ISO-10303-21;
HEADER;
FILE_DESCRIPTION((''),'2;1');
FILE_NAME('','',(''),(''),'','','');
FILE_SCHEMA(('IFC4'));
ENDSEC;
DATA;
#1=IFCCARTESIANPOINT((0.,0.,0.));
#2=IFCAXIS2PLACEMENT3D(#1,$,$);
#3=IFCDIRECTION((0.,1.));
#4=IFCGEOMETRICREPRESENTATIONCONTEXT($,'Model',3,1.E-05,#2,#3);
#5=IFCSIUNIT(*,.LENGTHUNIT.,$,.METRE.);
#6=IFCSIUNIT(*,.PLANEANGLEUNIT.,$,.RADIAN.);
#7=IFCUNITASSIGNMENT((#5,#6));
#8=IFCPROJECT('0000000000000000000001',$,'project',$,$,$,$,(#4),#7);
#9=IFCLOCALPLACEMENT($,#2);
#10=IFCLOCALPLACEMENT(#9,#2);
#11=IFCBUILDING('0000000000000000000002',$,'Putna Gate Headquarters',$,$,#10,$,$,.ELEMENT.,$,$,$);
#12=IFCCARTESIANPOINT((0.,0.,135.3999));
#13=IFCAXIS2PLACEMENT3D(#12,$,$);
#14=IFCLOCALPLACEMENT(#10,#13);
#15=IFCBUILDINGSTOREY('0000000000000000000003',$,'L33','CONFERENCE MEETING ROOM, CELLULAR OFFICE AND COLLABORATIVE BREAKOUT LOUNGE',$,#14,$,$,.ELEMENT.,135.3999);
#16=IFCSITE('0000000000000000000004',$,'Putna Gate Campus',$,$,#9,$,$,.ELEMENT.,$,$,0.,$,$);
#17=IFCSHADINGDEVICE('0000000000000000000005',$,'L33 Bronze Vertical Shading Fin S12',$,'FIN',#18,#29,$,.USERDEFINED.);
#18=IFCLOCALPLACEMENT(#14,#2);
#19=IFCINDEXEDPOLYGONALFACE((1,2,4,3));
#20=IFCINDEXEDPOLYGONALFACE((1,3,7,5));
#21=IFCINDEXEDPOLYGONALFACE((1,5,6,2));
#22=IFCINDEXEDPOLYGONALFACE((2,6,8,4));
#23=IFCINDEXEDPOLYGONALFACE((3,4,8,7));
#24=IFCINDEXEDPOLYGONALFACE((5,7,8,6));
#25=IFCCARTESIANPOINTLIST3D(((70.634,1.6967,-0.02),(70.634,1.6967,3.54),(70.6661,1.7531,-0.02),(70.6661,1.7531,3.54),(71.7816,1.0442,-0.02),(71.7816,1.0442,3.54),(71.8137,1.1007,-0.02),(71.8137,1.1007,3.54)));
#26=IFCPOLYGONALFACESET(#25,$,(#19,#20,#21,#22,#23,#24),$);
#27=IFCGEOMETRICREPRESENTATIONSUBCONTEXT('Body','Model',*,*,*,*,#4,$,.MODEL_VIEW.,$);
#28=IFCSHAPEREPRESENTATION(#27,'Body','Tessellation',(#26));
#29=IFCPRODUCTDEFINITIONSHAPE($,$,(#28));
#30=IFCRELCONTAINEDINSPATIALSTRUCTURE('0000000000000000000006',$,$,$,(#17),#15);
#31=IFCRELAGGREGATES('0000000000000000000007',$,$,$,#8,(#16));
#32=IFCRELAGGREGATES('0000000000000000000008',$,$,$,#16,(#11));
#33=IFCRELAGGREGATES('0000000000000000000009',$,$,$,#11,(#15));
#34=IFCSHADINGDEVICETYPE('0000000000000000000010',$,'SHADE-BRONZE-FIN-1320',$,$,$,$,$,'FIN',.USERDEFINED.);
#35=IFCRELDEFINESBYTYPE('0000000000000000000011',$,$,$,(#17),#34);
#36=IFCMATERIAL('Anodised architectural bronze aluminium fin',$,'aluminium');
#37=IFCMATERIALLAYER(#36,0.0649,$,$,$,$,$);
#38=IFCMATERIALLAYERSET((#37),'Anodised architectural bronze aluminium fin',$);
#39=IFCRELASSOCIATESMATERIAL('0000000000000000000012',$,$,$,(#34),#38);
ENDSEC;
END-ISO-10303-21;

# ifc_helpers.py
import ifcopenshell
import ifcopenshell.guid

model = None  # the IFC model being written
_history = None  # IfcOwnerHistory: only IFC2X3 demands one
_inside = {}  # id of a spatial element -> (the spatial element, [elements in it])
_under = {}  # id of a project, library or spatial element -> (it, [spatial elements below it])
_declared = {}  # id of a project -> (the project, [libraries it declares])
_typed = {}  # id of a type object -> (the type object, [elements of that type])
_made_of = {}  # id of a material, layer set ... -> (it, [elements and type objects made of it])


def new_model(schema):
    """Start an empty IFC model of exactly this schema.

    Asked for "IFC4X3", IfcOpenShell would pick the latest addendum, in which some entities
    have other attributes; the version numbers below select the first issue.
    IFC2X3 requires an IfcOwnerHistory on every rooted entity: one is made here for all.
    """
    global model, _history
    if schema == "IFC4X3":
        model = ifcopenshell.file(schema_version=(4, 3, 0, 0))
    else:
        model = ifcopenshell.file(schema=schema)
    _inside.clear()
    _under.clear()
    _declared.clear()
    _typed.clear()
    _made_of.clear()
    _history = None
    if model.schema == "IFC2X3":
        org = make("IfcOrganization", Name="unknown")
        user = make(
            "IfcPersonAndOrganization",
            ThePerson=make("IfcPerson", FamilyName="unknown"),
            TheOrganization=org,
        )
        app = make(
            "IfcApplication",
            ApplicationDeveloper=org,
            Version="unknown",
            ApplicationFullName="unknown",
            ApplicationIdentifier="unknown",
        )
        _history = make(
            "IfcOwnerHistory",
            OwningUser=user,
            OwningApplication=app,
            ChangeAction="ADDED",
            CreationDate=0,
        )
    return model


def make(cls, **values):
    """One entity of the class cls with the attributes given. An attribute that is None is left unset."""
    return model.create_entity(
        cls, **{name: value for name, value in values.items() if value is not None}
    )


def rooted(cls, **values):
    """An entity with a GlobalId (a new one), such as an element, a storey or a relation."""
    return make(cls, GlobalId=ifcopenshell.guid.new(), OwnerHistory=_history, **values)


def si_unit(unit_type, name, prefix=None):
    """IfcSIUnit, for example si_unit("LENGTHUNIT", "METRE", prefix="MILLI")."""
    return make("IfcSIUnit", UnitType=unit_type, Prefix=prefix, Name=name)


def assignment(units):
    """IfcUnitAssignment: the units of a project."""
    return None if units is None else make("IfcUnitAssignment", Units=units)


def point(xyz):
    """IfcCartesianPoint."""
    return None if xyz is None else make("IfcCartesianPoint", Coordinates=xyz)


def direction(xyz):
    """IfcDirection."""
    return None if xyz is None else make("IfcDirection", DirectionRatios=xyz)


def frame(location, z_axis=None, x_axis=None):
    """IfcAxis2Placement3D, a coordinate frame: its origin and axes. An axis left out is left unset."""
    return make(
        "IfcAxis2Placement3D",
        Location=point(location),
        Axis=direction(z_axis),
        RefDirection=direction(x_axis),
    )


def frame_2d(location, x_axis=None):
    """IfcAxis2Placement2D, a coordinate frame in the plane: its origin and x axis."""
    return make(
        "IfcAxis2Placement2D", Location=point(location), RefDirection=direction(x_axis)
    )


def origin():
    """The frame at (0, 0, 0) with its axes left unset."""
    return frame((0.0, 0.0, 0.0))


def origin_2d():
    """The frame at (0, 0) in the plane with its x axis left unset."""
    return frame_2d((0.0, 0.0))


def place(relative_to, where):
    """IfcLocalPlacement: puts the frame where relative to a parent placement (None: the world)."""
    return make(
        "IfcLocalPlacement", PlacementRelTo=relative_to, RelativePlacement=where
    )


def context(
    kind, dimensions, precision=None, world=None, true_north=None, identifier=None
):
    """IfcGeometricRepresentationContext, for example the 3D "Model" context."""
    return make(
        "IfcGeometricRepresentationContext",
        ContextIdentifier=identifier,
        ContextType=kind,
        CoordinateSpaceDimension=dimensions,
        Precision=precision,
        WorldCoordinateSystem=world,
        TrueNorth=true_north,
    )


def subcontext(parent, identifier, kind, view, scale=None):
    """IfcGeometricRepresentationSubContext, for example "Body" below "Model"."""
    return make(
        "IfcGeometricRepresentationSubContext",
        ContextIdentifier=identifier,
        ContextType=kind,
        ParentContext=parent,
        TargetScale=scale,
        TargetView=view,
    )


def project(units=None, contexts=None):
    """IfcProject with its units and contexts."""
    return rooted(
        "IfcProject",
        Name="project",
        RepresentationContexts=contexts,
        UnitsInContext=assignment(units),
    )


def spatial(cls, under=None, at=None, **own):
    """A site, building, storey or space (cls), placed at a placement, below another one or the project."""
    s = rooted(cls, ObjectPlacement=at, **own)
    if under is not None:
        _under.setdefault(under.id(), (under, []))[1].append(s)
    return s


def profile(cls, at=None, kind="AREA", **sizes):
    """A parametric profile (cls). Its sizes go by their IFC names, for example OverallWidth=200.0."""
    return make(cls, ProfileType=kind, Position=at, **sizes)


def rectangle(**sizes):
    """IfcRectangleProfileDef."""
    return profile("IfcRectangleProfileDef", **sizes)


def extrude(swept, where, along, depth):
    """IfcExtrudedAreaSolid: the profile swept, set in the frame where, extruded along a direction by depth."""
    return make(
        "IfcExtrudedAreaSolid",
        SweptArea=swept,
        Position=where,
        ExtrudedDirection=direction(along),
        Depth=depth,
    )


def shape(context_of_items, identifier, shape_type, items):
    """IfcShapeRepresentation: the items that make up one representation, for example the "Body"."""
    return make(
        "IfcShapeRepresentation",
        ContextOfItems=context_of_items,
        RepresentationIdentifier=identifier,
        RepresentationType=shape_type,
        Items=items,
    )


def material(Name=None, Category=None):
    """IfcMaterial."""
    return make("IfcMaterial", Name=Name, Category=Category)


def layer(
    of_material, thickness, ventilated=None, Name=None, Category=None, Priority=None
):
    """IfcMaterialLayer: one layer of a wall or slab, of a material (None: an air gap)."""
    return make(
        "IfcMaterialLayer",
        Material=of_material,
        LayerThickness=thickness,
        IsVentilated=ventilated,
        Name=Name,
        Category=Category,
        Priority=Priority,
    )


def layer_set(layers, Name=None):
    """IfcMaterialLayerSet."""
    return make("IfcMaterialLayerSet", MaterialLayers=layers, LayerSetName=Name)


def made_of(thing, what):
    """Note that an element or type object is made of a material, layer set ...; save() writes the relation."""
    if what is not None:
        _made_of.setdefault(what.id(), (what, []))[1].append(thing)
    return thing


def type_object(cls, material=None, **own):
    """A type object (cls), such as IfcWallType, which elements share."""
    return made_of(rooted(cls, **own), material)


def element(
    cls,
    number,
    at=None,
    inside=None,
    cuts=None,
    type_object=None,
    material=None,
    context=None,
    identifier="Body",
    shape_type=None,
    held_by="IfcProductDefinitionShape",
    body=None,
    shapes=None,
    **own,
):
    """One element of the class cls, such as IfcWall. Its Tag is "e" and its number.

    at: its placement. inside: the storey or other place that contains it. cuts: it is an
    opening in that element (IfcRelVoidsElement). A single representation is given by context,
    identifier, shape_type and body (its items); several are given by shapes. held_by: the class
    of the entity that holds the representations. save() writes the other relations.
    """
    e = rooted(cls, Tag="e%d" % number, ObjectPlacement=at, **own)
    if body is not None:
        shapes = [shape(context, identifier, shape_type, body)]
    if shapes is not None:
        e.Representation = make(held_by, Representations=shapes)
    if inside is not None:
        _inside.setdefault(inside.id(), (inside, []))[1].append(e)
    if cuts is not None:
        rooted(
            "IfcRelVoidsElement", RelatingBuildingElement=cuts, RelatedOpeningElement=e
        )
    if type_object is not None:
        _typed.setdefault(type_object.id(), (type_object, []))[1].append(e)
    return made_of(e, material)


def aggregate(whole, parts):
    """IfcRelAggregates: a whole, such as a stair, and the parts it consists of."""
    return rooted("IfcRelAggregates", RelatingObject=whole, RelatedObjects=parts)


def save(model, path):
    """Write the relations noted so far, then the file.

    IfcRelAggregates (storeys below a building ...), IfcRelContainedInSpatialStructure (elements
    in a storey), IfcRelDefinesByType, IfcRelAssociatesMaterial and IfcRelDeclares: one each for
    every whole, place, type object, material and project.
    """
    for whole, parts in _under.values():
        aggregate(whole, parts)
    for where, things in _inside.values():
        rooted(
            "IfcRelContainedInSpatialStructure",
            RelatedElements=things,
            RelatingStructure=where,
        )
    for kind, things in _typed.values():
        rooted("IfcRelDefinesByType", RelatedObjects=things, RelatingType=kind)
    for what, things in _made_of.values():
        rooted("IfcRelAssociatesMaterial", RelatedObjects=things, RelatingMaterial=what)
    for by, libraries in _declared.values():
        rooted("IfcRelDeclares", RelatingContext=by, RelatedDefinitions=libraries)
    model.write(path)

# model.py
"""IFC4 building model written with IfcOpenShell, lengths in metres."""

from ifc_helpers import new_model, si_unit, direction, frame, origin, origin_2d, place, context, subcontext, project, spatial, rectangle, extrude, material, layer, layer_set, type_object, element, save


model = new_model("IFC4")

# Units and contexts
model_context = context("Model", 3, precision=1e-05, world=origin(), true_north=direction((0.0, 1.0)))
body_context = subcontext(model_context, "Body", "Model", "MODEL_VIEW")
ifc_project = project(units=[si_unit("LENGTHUNIT", "METRE"), si_unit("PLANEANGLEUNIT", "RADIAN")], contexts=[model_context])

# Site, building, storey
site_placement = place(None, origin())
site = spatial("IfcSite", under=ifc_project, at=site_placement, Name="Putna Gate Campus", CompositionType="ELEMENT", RefElevation=0.0)
building_placement = place(site_placement, origin())
building = spatial("IfcBuilding", under=site, at=building_placement, Name="Putna Gate Headquarters", CompositionType="ELEMENT")
storey_placement = place(building_placement, frame((0.0, 0.0, 135.3999)))
storey = spatial("IfcBuildingStorey", under=building, at=storey_placement, Name="L33", Description="CONFERENCE MEETING ROOM, CELLULAR OFFICE AND COLLABORATIVE BREAKOUT LOUNGE", CompositionType="ELEMENT", Elevation=135.3999)

# Shading device
ifc_material_1 = material(Name="Anodised architectural bronze aluminium fin", Category="aluminium")
ifc_layer_1 = layer(ifc_material_1, 0.0649)
ifc_layer_set_1 = layer_set([ifc_layer_1], Name="Anodised architectural bronze aluminium fin")
shading_device_type = type_object("IfcShadingDeviceType", Name="SHADE-BRONZE-FIN-1320", ElementType="FIN", PredefinedType="USERDEFINED", material=ifc_layer_set_1)
for number, where, z_axis, x_axis, name in (
    (1, (71.2239, 1.3987, -0.02), (0.0, 0.0, 1.0), (0.869322, -0.494245, 0.0), "L33 Bronze Vertical Shading Fin S12"),
):
    element("IfcShadingDevice", number, at=place(storey_placement, frame(where, z_axis=z_axis, x_axis=x_axis)), inside=storey, type_object=shading_device_type, Name=name, ObjectType="FIN", PredefinedType="USERDEFINED", context=body_context, shape_type="SweptSolid", body=[
        extrude(rectangle(XDim=1.3201, YDim=0.0649, at=origin_2d()), origin(), (0.0, 0.0, 1.0), 3.5601),
    ])

save(model, "model.ifc")
